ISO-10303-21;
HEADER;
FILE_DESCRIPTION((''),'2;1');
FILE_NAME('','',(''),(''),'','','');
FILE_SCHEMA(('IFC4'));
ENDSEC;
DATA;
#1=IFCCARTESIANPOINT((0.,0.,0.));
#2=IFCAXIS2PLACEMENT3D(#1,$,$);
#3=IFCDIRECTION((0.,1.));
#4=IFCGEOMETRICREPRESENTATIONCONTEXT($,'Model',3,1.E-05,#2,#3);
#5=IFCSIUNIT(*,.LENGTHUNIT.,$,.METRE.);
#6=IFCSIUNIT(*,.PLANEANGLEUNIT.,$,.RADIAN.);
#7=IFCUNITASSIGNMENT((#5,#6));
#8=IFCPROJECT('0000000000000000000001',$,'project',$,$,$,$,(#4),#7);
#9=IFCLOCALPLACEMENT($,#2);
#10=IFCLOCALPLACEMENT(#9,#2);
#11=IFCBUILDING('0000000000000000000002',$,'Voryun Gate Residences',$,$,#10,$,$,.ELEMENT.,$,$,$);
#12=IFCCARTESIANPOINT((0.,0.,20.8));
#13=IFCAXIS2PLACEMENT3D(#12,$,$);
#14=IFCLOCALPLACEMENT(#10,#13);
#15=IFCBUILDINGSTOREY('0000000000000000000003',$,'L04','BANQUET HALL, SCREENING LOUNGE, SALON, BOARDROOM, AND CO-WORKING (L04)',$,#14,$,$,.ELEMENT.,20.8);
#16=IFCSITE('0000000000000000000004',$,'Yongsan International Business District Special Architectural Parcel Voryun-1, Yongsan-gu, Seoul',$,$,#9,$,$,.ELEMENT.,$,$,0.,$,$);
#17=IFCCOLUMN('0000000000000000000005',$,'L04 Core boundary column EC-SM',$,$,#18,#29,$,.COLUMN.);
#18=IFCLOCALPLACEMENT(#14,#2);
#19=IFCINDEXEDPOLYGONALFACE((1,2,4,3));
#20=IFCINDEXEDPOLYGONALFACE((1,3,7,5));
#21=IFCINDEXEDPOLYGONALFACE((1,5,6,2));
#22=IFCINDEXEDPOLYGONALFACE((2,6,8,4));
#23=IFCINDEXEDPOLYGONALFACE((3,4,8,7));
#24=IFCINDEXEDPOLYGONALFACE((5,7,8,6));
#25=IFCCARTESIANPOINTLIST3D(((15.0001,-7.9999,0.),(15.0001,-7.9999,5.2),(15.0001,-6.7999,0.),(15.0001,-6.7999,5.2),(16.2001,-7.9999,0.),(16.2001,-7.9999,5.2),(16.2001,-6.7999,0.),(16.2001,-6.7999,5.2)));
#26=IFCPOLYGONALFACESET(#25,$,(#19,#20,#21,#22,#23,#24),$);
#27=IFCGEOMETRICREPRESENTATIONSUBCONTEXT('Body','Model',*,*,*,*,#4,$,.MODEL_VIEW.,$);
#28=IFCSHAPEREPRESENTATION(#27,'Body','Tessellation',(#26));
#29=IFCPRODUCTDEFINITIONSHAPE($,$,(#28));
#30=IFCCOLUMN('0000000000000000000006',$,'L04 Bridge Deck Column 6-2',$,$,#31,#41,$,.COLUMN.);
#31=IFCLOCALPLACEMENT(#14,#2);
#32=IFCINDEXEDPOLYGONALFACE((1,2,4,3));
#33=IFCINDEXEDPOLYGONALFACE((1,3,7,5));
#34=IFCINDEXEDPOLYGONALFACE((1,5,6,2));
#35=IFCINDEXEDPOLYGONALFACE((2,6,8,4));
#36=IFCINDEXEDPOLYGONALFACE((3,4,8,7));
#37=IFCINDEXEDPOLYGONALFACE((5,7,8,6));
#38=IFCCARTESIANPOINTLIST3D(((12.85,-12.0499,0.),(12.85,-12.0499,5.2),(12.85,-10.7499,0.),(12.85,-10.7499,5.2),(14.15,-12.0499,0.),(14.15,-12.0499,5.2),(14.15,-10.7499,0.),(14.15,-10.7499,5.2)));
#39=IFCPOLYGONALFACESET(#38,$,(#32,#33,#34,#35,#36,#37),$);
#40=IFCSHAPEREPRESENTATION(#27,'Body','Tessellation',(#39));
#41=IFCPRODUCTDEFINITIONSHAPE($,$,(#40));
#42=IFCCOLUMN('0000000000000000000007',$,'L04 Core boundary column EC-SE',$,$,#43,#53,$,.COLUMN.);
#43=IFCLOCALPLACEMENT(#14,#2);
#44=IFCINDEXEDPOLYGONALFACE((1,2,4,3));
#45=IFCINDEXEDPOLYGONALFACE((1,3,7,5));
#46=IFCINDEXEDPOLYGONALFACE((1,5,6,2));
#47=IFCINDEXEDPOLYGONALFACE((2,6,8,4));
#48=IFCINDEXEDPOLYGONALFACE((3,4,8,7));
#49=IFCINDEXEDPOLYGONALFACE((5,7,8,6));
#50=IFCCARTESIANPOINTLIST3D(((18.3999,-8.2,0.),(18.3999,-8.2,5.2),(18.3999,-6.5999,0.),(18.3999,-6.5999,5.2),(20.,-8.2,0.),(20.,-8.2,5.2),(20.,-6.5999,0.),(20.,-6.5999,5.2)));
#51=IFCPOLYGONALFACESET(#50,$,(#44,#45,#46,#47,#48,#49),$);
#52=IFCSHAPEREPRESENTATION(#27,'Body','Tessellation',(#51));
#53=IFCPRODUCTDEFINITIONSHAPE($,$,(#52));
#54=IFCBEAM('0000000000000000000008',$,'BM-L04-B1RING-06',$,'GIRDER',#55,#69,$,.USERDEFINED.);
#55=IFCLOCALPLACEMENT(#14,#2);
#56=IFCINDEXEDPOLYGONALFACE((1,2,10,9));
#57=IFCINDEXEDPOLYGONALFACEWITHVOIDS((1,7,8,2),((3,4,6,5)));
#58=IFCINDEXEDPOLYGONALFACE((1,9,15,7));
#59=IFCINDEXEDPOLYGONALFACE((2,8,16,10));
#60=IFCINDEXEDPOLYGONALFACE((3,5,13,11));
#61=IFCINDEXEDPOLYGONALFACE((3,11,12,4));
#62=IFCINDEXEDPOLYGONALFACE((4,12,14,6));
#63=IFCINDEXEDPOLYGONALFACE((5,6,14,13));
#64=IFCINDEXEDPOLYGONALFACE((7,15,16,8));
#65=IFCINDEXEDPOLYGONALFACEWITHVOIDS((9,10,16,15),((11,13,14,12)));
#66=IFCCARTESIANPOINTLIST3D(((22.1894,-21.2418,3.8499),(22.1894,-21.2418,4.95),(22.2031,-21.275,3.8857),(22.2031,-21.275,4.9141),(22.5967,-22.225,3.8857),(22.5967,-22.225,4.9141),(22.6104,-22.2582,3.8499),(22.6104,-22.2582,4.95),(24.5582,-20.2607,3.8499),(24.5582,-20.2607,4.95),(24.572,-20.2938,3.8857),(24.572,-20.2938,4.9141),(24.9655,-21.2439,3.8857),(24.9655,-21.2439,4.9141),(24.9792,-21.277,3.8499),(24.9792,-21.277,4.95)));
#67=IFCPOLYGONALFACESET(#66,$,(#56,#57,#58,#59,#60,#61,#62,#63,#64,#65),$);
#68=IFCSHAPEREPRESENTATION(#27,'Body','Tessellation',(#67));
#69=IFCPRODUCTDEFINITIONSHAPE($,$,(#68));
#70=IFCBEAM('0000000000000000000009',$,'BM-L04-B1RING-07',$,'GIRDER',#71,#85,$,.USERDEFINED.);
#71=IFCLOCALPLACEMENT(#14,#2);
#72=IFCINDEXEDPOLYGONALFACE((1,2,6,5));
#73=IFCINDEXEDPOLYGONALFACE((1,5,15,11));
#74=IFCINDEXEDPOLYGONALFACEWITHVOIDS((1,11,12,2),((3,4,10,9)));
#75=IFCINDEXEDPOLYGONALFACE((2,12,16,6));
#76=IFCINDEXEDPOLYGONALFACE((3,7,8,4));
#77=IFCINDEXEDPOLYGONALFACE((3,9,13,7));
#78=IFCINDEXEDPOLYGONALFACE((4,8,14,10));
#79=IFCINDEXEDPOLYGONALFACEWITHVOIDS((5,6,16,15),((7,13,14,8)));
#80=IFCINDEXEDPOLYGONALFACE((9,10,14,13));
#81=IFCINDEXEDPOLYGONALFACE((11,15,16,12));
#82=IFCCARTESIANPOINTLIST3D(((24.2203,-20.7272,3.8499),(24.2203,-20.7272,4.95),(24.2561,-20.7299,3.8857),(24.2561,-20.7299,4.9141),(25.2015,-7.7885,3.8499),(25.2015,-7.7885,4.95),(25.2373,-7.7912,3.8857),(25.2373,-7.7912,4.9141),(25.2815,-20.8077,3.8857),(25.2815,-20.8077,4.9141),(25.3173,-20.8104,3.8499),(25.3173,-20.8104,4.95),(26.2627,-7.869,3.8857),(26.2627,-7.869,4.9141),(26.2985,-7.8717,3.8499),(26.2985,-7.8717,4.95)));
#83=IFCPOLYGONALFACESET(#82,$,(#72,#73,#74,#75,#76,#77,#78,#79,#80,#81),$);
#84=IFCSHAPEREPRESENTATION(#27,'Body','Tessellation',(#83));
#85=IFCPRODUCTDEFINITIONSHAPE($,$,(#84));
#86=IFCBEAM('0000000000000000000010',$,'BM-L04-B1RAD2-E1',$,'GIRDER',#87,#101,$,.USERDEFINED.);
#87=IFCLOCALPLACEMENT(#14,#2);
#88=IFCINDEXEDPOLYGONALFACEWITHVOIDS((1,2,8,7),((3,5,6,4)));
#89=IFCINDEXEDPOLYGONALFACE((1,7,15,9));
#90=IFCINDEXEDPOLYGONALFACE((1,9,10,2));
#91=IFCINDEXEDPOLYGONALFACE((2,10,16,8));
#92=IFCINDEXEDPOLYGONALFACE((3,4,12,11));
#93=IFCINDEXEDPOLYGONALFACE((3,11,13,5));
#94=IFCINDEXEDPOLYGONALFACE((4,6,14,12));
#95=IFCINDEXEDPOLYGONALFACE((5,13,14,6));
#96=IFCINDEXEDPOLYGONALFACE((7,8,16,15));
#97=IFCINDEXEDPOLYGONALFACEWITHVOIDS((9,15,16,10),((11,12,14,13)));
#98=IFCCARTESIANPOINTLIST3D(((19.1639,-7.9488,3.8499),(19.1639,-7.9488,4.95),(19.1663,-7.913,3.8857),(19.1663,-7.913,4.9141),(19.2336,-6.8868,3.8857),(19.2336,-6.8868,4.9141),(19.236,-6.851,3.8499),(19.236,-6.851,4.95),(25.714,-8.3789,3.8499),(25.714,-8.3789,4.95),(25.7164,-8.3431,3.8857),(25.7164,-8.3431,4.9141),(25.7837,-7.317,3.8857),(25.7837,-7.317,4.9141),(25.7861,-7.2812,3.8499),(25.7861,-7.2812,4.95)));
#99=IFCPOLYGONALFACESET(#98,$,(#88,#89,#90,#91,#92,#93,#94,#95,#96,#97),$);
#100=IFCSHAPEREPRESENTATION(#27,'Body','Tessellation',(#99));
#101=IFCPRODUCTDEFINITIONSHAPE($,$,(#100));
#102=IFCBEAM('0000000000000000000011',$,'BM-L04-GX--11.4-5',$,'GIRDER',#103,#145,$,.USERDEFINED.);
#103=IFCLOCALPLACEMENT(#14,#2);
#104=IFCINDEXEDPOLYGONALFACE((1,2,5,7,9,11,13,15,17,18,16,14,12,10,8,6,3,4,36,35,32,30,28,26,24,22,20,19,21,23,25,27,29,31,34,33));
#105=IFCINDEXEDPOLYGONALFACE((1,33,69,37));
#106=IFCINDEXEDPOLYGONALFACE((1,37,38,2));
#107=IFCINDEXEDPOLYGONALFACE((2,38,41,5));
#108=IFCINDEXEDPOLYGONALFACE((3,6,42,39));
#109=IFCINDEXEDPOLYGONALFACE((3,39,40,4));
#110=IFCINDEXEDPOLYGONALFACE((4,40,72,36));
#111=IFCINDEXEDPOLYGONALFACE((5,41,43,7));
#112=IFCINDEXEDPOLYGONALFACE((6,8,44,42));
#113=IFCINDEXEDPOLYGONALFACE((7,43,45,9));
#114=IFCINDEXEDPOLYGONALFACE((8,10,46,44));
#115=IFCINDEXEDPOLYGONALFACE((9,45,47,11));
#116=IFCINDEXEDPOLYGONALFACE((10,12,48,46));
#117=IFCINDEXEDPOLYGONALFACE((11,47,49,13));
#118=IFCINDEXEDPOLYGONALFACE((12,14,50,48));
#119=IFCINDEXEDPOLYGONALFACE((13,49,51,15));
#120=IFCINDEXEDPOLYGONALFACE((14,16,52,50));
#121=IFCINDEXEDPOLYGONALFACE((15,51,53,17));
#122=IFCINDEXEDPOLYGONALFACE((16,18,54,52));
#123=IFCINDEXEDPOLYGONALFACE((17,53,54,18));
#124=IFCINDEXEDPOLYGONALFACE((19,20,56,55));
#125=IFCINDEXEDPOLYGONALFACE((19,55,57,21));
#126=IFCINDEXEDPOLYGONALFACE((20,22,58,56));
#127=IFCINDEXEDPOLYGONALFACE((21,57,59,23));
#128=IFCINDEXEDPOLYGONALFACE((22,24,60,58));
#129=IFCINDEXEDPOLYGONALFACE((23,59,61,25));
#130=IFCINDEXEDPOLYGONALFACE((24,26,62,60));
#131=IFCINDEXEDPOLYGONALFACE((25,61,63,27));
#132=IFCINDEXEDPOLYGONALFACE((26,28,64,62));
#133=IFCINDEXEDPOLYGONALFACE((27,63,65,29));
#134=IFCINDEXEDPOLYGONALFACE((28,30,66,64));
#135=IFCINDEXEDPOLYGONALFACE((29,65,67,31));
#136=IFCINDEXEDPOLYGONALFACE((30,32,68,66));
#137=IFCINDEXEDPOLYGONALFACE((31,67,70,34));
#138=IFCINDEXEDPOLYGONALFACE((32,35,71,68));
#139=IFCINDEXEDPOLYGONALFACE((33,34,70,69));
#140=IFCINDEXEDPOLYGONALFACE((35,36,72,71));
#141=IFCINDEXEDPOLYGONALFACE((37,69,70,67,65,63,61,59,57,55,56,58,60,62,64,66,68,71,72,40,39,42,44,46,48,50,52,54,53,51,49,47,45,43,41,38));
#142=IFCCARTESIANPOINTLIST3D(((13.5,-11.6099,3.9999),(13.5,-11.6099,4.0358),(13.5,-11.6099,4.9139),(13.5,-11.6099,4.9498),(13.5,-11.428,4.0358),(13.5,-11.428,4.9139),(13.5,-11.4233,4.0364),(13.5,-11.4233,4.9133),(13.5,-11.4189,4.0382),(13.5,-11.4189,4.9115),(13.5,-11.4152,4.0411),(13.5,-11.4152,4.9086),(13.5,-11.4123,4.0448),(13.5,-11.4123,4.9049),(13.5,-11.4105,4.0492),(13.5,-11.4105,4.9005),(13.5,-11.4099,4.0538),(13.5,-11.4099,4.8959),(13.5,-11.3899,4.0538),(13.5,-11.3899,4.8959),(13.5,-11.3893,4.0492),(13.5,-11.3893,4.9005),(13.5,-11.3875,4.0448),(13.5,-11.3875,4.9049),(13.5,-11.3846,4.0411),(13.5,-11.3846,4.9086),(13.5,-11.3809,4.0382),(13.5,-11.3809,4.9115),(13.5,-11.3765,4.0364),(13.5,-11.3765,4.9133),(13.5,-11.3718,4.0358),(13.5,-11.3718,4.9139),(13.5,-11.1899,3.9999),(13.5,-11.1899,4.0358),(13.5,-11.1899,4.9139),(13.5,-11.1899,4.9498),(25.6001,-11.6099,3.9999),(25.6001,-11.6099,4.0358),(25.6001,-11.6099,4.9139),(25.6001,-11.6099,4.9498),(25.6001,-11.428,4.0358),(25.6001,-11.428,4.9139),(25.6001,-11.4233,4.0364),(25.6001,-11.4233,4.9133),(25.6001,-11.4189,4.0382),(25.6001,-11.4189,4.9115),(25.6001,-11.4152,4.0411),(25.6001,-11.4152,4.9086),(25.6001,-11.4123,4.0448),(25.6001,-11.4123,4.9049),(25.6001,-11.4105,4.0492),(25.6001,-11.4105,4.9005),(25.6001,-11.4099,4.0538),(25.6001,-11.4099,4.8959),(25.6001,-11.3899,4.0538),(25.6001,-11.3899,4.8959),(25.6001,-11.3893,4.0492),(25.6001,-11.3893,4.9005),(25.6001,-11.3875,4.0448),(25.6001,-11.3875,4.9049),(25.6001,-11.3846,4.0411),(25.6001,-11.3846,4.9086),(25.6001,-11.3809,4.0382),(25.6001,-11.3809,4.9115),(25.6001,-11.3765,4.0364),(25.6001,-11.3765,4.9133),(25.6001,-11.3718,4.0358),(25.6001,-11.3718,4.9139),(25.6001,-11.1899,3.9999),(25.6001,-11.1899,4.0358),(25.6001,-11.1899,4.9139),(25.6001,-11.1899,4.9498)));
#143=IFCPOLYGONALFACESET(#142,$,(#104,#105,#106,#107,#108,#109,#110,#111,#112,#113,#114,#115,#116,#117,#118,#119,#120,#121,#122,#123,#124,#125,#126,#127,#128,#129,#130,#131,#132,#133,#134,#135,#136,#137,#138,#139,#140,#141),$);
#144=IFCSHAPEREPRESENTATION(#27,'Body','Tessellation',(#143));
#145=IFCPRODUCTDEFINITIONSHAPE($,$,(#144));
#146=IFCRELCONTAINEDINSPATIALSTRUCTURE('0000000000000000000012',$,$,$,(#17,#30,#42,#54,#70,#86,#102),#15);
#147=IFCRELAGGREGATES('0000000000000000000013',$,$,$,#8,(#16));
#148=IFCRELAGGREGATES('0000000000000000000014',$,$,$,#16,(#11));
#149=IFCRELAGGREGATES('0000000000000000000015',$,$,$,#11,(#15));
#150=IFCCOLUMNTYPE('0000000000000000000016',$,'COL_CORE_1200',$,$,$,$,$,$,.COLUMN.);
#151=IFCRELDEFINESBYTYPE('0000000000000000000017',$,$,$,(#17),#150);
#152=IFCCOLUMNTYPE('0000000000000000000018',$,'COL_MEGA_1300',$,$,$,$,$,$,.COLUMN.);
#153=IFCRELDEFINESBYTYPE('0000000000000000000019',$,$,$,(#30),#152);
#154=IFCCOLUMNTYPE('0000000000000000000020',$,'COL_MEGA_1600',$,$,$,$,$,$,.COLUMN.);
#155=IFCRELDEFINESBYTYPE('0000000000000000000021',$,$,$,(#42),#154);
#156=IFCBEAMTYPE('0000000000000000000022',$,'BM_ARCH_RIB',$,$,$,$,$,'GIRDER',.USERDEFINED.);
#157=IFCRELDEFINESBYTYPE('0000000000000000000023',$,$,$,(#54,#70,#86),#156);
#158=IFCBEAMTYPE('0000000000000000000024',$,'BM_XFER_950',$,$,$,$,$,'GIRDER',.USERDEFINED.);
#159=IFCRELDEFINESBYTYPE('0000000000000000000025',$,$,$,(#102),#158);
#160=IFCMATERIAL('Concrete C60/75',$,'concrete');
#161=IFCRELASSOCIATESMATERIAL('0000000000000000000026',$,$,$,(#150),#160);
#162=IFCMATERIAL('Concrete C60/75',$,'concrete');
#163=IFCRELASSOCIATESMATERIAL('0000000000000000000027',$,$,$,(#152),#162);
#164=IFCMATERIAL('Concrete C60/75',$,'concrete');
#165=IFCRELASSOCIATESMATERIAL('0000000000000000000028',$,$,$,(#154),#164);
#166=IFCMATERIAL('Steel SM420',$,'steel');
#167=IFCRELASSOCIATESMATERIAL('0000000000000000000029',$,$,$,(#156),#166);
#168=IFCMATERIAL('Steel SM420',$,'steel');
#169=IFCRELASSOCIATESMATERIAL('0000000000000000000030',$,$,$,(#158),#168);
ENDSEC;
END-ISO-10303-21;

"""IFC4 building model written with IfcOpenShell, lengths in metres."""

from ifc_helpers import new_model, si_unit, direction, frame, origin, origin_2d, place, context, subcontext, project, spatial, rectangle, hollow_rectangle, i_section, extrude, material, material_profile, profile_set, type_object, element, save


model = new_model("IFC4")

# Units and contexts
model_context = context("Model", 3, precision=1e-05, world=origin(), true_north=direction((0.0, 1.0)))
body_context = subcontext(model_context, "Body", "Model", "MODEL_VIEW")
ifc_project = project(units=[si_unit("LENGTHUNIT", "METRE"), si_unit("PLANEANGLEUNIT", "RADIAN")], contexts=[model_context])

# Site, building, storey
site_placement = place(None, origin())
site = spatial("IfcSite", under=ifc_project, at=site_placement, Name="Yongsan International Business District Special Architectural Parcel Voryun-1, Yongsan-gu, Seoul", CompositionType="ELEMENT", RefElevation=0.0)
building_placement = place(site_placement, origin())
building = spatial("IfcBuilding", under=site, at=building_placement, Name="Voryun Gate Residences", CompositionType="ELEMENT")
storey_placement = place(building_placement, frame((0.0, 0.0, 20.8)))
storey = spatial("IfcBuildingStorey", under=building, at=storey_placement, Name="L04", Description="BANQUET HALL, SCREENING LOUNGE, SALON, BOARDROOM, AND CO-WORKING (L04)", CompositionType="ELEMENT", Elevation=20.8)

# Columns
ifc_material_1 = material(Name="Concrete C60/75", Category="concrete")
ifc_material_profile_1 = material_profile(ifc_material_1, rectangle(XDim=1.2, YDim=1.2, at=origin_2d()), Name="RC-1200x1200")
ifc_profile_set_1 = profile_set([ifc_material_profile_1], Name="Concrete C60/75")
column_type_1 = type_object("IfcColumnType", Name="COL_CORE_1200", PredefinedType="COLUMN", material=ifc_profile_set_1)
column_1_placement = place(storey_placement, frame((15.6001, -7.3999, 0.0), z_axis=(0.0, 0.0, 1.0), x_axis=(1.0, 0.0, 0.0)))
element("IfcColumn", 1, at=column_1_placement, inside=storey, type_object=column_type_1, Name="L04 Core boundary column EC-SM", PredefinedType="COLUMN", context=body_context, shape_type="SweptSolid", body=[
    extrude(rectangle(XDim=1.2, YDim=1.2, at=origin_2d()), origin(), (0.0, 0.0, 1.0), 5.2),
])
ifc_material_2 = material(Name="Concrete C60/75", Category="concrete")
ifc_material_profile_2 = material_profile(ifc_material_2, rectangle(XDim=1.3, YDim=1.3, at=origin_2d()), Name="RC-1300x1300")
ifc_profile_set_2 = profile_set([ifc_material_profile_2], Name="Concrete C60/75")
column_type_2 = type_object("IfcColumnType", Name="COL_MEGA_1300", PredefinedType="COLUMN", material=ifc_profile_set_2)
column_2_placement = place(storey_placement, frame((13.5, -11.3999, 0.0), z_axis=(0.0, 0.0, 1.0), x_axis=(1.0, 0.0, 0.0)))
element("IfcColumn", 2, at=column_2_placement, inside=storey, type_object=column_type_2, Name="L04 Bridge Deck Column 6-2", PredefinedType="COLUMN", context=body_context, shape_type="SweptSolid", body=[
    extrude(rectangle(XDim=1.3, YDim=1.3, at=origin_2d()), origin(), (0.0, 0.0, 1.0), 5.2),
])
ifc_material_3 = material(Name="Concrete C60/75", Category="concrete")
ifc_material_profile_3 = material_profile(ifc_material_3, rectangle(XDim=1.6001, YDim=1.6001, at=origin_2d()), Name="RC-1600x1600")
ifc_profile_set_3 = profile_set([ifc_material_profile_3], Name="Concrete C60/75")
column_type_3 = type_object("IfcColumnType", Name="COL_MEGA_1600", PredefinedType="COLUMN", material=ifc_profile_set_3)
column_3_placement = place(storey_placement, frame((19.2, -7.3999, 0.0), z_axis=(0.0, 0.0, 1.0), x_axis=(1.0, 0.0, 0.0)))
element("IfcColumn", 3, at=column_3_placement, inside=storey, type_object=column_type_3, Name="L04 Core boundary column EC-SE", PredefinedType="COLUMN", context=body_context, shape_type="SweptSolid", body=[
    extrude(rectangle(XDim=1.6001, YDim=1.6001, at=origin_2d()), origin(), (0.0, 0.0, 1.0), 5.2),
])

# Beams
ifc_material_4 = material(Name="Steel SM420", Category="steel")
ifc_material_profile_4 = material_profile(ifc_material_4, hollow_rectangle(XDim=1.1001, YDim=1.1001, WallThickness=0.0359, at=origin_2d()), Name="BOX-1100x1100x36")
ifc_profile_set_4 = profile_set([ifc_material_profile_4], Name="Steel SM420")
beam_type_1 = type_object("IfcBeamType", Name="BM_ARCH_RIB", ElementType="GIRDER", PredefinedType="USERDEFINED", material=ifc_profile_set_4)
beam_1_placement = place(storey_placement, frame((22.3999, -21.75, 4.3999), z_axis=(0.923883, 0.382674, 0.0), x_axis=(-0.382674, 0.923883, 0.0)))
element("IfcBeam", 4, at=beam_1_placement, inside=storey, type_object=beam_type_1, Name="BM-L04-B1RING-06", ObjectType="GIRDER", PredefinedType="USERDEFINED", context=body_context, shape_type="SweptSolid", body=[
    extrude(hollow_rectangle(XDim=1.1001, YDim=1.1001, WallThickness=0.0359, at=origin_2d()), origin(), (0.0, 0.0, 1.0), 2.564),
])
beam_2_placement = place(storey_placement, frame((24.7688, -20.7688, 4.3999), z_axis=(0.075617, 0.997137, 0.0), x_axis=(-0.997137, 0.075617, 0.0)))
element("IfcBeam", 5, at=beam_2_placement, inside=storey, type_object=beam_type_1, Name="BM-L04-B1RING-07", ObjectType="GIRDER", PredefinedType="USERDEFINED", context=body_context, shape_type="SweptSolid", body=[
    extrude(hollow_rectangle(XDim=1.1001, YDim=1.1001, WallThickness=0.0359, at=origin_2d()), origin(), (0.0, 0.0, 1.0), 12.9758),
])
beam_3_placement = place(storey_placement, frame((19.2, -7.3999, 4.3999), z_axis=(0.99785, -0.065534, 0.0), x_axis=(0.065534, 0.99785, 0.0)))
element("IfcBeam", 6, at=beam_3_placement, inside=storey, type_object=beam_type_1, Name="BM-L04-B1RAD2-E1", ObjectType="GIRDER", PredefinedType="USERDEFINED", context=body_context, shape_type="SweptSolid", body=[
    extrude(hollow_rectangle(XDim=1.1001, YDim=1.1001, WallThickness=0.0359, at=origin_2d()), origin(), (0.0, 0.0, 1.0), 6.5642),
])
ifc_material_5 = material(Name="Steel SM420", Category="steel")
ifc_material_profile_5 = material_profile(ifc_material_5, i_section(OverallWidth=0.4199, OverallDepth=0.95, WebThickness=0.02, FlangeThickness=0.0359, FilletRadius=0.0181, at=origin_2d()), Name="H-950x420x20x36")
ifc_profile_set_5 = profile_set([ifc_material_profile_5], Name="Steel SM420")
beam_type_2 = type_object("IfcBeamType", Name="BM_XFER_950", ElementType="GIRDER", PredefinedType="USERDEFINED", material=ifc_profile_set_5)
beam_4_placement = place(storey_placement, frame((13.5, -11.3999, 4.4749), z_axis=(1.0, 0.0, 0.0), x_axis=(0.0, 1.0, 0.0)))
element("IfcBeam", 7, at=beam_4_placement, inside=storey, type_object=beam_type_2, Name="BM-L04-GX--11.4-5", ObjectType="GIRDER", PredefinedType="USERDEFINED", context=body_context, shape_type="SweptSolid", body=[
    extrude(i_section(OverallWidth=0.4199, OverallDepth=0.95, WebThickness=0.02, FlangeThickness=0.0359, FilletRadius=0.0181, at=origin_2d()), origin(), (0.0, 0.0, 1.0), 12.1001),
])

save(model, "model.ifc")
